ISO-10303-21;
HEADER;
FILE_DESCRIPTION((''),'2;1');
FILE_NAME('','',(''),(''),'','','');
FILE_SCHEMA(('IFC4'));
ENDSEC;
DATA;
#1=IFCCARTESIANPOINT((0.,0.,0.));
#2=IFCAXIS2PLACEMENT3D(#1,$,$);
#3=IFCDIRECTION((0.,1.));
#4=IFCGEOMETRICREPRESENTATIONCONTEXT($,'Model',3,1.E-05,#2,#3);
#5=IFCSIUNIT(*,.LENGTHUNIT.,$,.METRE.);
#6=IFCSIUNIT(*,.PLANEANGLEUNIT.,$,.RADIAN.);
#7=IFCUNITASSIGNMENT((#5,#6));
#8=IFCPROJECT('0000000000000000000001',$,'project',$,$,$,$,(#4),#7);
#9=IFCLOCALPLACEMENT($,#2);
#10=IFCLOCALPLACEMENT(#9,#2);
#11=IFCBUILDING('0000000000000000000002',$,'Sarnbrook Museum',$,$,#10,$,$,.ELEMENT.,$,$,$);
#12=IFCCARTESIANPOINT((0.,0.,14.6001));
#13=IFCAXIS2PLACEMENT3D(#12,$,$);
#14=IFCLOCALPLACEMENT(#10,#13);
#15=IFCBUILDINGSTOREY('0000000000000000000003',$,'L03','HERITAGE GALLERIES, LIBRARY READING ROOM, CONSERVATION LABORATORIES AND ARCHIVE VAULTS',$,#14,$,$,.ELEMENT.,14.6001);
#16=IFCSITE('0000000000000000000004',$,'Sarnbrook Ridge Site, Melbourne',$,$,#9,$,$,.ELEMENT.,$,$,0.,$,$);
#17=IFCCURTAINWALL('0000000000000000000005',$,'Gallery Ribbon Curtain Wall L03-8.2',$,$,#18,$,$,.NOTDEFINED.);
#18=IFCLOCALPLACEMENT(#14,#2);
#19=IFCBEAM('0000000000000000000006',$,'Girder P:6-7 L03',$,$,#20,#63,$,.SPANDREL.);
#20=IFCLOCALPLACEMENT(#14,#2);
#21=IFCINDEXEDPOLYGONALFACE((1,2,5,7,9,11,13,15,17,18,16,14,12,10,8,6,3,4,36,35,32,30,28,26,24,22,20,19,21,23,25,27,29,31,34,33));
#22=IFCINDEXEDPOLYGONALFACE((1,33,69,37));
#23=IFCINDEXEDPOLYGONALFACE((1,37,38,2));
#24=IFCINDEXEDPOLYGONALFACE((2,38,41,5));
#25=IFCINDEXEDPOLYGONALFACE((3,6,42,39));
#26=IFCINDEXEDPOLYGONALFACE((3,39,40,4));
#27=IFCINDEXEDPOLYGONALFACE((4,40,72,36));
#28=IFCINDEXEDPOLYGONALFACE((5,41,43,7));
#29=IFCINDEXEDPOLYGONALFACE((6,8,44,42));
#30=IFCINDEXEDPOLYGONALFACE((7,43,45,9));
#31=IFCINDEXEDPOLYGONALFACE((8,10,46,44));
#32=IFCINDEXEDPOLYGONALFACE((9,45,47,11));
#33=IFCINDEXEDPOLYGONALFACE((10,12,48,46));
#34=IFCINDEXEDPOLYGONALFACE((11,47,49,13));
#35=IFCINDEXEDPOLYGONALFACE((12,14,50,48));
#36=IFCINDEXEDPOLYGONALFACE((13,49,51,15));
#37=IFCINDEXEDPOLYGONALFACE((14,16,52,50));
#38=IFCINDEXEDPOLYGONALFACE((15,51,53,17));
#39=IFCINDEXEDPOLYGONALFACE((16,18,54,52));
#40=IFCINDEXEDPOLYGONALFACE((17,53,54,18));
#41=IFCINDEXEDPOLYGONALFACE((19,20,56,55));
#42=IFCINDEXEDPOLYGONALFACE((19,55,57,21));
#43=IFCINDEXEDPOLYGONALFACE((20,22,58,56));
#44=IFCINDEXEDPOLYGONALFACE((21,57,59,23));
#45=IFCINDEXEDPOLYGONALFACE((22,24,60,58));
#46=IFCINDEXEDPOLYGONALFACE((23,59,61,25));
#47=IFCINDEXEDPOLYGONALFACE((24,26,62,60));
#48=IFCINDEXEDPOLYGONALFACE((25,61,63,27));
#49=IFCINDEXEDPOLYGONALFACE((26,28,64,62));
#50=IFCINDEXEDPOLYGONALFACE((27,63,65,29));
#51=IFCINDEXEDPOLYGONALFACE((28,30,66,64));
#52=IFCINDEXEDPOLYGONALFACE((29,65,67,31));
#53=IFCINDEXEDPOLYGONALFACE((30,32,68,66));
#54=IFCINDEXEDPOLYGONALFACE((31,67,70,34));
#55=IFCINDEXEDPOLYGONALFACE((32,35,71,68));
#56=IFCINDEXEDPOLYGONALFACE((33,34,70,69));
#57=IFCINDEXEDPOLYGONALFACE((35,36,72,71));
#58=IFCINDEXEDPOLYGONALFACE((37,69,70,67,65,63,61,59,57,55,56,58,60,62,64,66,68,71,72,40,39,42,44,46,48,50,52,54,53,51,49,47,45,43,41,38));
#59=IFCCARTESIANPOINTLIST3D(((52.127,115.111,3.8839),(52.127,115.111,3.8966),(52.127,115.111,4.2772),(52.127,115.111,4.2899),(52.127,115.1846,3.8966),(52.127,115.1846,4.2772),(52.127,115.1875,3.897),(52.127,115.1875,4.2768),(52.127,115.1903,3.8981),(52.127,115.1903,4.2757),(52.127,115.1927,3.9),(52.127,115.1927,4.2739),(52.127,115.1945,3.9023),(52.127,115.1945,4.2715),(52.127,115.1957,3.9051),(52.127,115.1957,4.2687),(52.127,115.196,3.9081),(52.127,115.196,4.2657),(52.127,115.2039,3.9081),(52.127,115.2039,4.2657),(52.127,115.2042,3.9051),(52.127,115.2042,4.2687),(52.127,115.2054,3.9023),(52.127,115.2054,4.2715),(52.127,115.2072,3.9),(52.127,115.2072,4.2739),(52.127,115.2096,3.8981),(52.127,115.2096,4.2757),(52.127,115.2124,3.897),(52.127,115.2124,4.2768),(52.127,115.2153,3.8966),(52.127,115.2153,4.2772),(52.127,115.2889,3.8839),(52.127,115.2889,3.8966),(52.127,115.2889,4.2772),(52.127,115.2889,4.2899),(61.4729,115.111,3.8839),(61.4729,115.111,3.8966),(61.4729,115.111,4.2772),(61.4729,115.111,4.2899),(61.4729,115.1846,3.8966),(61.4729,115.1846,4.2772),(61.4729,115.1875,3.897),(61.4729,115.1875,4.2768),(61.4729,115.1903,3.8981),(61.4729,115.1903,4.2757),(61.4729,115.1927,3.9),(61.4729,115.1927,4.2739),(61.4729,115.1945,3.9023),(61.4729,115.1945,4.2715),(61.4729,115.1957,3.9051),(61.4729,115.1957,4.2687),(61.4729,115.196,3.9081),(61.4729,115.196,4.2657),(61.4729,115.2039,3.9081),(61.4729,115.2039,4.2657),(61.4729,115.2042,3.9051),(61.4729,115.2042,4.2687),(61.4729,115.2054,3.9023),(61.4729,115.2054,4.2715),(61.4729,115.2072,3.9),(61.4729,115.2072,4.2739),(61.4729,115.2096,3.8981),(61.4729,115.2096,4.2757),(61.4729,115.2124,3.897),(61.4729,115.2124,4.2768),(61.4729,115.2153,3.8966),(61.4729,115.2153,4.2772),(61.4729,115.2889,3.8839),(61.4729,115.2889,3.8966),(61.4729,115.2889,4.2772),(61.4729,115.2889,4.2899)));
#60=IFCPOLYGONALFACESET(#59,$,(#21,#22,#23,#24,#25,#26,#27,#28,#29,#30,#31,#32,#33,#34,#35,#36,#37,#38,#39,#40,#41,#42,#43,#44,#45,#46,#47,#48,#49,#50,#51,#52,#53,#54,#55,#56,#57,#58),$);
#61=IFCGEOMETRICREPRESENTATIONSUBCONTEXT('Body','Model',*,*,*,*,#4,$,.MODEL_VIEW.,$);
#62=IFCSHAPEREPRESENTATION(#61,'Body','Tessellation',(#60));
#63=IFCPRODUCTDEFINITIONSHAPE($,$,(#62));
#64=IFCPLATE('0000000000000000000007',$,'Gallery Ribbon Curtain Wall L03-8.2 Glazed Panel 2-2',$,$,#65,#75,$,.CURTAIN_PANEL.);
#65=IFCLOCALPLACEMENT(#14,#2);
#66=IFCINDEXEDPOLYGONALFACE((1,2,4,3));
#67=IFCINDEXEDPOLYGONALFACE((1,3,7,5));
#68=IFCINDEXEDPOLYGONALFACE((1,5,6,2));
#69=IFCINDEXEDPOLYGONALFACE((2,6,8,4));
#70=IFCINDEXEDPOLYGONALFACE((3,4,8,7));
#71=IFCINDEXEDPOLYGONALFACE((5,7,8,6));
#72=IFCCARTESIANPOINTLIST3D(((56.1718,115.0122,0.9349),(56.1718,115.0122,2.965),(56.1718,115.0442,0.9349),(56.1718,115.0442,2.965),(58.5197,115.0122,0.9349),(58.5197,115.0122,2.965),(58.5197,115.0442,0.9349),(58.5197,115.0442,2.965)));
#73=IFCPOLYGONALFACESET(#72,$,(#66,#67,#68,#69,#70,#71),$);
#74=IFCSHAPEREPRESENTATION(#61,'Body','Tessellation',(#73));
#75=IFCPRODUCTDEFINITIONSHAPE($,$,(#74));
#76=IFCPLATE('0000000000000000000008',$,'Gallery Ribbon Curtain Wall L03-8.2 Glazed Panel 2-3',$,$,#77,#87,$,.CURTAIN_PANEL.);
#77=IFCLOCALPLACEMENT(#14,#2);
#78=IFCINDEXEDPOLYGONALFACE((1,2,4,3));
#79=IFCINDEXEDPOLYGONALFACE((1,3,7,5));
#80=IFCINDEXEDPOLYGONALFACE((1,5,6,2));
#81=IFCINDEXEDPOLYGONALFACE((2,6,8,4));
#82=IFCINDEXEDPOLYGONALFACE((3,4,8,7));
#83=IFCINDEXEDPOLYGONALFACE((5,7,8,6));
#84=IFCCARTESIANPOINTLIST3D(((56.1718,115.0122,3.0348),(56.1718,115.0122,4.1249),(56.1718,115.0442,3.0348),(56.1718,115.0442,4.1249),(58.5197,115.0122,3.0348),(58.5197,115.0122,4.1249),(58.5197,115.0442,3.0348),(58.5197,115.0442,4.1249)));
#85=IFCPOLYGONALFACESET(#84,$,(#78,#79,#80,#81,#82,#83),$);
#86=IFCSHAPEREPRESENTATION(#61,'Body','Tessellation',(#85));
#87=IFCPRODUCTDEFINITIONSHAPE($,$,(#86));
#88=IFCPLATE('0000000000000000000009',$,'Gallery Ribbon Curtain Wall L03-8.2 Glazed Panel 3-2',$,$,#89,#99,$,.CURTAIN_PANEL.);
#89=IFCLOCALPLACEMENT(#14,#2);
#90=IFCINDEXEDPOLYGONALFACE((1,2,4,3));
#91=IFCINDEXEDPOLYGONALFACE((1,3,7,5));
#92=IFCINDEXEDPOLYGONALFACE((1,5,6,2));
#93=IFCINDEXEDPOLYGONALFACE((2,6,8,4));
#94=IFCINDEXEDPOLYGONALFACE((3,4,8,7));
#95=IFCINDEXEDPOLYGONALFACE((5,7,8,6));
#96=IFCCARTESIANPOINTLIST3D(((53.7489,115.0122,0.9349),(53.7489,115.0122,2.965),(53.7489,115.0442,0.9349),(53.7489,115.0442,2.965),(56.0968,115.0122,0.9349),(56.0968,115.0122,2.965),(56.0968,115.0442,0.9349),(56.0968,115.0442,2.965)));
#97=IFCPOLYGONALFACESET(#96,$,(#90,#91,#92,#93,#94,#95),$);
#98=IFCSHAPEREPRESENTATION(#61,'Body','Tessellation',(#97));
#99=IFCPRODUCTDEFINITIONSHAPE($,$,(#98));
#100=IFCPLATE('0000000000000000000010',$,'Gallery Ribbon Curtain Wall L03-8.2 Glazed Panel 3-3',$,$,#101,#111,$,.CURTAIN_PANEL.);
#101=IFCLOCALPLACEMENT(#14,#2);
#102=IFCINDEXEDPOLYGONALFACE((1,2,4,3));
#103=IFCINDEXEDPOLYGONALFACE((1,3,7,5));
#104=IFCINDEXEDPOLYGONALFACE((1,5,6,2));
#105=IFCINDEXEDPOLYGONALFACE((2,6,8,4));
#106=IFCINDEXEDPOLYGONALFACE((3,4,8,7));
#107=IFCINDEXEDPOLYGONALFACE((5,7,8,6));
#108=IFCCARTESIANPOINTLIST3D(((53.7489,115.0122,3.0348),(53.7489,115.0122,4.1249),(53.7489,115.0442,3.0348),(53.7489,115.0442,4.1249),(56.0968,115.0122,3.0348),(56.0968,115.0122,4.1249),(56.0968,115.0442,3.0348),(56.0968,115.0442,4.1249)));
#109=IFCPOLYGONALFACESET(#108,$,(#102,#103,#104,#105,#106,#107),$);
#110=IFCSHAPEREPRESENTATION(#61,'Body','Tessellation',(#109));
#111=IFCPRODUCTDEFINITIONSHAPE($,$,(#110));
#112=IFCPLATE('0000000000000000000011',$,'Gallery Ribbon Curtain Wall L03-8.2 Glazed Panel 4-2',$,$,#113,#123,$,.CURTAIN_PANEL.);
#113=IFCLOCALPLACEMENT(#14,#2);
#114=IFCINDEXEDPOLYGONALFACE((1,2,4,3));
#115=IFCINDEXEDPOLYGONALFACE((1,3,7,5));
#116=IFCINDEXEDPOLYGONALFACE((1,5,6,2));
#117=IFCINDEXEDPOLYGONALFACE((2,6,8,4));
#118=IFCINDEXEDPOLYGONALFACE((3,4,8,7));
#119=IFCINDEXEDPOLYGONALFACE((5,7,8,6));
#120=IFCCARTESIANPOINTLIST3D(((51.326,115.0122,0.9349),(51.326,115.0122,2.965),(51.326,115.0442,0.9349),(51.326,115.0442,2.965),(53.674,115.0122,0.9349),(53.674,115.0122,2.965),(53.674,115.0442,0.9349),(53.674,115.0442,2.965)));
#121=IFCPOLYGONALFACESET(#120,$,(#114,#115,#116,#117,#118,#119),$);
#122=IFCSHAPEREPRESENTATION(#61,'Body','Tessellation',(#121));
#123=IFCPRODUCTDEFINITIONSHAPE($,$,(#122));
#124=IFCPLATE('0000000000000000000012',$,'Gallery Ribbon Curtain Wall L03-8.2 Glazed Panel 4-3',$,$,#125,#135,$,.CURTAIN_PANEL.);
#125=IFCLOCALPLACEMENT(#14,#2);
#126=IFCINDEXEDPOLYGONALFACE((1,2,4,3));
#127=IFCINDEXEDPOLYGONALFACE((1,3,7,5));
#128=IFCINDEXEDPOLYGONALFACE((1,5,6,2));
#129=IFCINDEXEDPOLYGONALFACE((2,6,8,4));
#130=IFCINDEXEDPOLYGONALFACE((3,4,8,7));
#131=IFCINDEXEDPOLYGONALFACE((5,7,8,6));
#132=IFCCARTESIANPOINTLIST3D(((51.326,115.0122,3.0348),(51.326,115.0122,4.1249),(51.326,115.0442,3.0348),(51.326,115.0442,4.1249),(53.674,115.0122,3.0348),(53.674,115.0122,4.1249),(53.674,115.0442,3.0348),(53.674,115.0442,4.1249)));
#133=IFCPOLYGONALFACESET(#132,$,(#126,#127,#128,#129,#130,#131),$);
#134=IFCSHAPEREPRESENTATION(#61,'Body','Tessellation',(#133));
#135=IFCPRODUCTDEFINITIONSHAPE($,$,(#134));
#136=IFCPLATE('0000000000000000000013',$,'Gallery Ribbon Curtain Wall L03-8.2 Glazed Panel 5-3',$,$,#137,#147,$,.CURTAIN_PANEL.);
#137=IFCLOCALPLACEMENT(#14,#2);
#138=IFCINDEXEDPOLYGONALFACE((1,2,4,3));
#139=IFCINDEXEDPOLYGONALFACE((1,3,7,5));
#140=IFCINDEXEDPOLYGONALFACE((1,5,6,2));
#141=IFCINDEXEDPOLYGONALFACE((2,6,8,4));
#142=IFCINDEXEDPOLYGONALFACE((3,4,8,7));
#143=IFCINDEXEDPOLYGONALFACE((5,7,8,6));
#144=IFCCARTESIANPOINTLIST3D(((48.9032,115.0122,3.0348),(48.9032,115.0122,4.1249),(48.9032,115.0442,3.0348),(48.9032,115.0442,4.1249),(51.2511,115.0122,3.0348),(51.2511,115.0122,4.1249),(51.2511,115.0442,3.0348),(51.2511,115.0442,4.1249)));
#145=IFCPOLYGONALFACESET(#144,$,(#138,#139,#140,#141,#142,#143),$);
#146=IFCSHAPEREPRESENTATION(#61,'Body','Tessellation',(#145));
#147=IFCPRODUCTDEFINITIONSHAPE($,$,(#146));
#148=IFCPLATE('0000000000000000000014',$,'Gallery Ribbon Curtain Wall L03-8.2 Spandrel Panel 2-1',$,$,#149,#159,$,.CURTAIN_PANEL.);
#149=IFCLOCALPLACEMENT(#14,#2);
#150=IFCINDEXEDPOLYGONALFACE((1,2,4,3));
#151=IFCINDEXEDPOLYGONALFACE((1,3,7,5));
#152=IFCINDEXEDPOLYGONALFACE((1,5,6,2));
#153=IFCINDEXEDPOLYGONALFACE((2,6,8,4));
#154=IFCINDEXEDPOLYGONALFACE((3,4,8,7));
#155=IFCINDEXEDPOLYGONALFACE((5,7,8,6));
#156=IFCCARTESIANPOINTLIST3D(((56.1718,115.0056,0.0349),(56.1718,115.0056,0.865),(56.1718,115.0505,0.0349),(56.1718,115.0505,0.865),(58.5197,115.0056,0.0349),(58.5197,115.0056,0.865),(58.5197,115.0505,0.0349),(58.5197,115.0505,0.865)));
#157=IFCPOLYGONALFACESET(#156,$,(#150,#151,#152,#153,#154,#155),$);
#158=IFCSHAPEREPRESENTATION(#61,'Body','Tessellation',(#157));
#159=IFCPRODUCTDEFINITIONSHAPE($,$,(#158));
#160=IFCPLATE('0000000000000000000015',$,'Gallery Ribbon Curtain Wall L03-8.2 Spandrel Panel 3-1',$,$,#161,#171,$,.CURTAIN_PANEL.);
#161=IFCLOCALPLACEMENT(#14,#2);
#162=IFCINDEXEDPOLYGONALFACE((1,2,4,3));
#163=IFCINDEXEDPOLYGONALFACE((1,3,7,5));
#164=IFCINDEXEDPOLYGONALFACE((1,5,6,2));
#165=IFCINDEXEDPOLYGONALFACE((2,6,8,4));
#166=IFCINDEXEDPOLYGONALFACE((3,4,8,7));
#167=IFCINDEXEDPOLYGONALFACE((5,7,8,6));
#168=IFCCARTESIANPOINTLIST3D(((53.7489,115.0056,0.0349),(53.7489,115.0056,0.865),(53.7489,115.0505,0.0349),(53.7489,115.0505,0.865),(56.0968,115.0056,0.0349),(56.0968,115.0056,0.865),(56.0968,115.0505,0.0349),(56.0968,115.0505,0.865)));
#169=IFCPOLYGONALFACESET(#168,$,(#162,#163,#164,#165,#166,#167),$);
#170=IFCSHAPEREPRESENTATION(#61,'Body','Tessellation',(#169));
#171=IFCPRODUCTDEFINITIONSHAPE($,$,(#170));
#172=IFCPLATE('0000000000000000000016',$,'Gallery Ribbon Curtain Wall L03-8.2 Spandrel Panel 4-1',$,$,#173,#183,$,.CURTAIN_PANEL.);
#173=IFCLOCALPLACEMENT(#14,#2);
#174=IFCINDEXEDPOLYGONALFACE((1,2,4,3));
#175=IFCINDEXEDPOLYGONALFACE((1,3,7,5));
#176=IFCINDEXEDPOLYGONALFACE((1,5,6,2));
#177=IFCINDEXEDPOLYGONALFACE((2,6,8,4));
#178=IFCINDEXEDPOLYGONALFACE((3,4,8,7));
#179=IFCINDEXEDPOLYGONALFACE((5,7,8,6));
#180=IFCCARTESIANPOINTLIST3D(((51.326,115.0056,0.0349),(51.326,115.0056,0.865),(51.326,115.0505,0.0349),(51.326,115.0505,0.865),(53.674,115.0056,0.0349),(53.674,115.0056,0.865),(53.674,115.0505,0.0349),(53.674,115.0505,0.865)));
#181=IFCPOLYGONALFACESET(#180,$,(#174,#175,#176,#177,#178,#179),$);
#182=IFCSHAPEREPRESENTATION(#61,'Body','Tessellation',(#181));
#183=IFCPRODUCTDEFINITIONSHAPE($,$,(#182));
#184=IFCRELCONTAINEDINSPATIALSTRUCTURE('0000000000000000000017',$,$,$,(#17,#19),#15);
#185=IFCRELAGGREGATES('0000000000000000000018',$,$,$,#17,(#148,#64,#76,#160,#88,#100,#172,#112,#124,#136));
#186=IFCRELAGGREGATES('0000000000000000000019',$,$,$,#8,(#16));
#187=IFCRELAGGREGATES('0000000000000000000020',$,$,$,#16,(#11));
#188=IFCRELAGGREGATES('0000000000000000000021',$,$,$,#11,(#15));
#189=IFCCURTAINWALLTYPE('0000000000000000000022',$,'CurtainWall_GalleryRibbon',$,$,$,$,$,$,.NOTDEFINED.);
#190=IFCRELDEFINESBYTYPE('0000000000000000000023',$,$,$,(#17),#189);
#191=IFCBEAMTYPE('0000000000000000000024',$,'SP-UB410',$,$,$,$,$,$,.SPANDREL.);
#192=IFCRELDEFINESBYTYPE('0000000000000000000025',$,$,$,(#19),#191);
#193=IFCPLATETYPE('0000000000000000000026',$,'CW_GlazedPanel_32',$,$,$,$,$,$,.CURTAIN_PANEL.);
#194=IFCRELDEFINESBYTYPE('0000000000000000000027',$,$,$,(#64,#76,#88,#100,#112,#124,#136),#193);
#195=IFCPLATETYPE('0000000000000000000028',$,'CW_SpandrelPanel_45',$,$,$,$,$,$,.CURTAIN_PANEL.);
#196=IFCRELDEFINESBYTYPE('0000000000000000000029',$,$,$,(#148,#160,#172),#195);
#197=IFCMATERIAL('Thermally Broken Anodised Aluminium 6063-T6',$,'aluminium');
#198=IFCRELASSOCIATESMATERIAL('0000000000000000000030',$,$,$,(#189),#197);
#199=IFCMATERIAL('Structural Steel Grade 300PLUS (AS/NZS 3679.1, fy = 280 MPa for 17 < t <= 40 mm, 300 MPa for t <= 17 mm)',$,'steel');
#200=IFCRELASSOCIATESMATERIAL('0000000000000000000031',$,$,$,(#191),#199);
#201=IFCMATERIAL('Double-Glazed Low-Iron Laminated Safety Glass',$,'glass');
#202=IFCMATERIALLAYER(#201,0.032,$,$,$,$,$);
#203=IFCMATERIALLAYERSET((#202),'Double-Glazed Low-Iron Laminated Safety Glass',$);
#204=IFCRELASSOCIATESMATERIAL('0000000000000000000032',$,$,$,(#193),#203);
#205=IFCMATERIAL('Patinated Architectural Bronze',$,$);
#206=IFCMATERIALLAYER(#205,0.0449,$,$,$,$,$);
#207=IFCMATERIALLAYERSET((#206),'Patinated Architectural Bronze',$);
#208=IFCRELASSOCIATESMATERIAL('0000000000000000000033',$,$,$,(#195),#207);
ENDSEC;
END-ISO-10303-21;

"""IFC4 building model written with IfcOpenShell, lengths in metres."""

from ifc_helpers import new_model, si_unit, direction, frame, origin, origin_2d, place, context, subcontext, project, spatial, rectangle, i_section, extrude, material, layer, layer_set, material_profile, profile_set, type_object, element, aggregate, save


model = new_model("IFC4")

# Units and contexts
model_context = context("Model", 3, precision=1e-05, world=origin(), true_north=direction((0.0, 1.0)))
body_context = subcontext(model_context, "Body", "Model", "MODEL_VIEW")
ifc_project = project(units=[si_unit("LENGTHUNIT", "METRE"), si_unit("PLANEANGLEUNIT", "RADIAN")], contexts=[model_context])

# Site, building, storey
site_placement = place(None, origin())
site = spatial("IfcSite", under=ifc_project, at=site_placement, Name="Sarnbrook Ridge Site, Melbourne", CompositionType="ELEMENT", RefElevation=0.0)
building_placement = place(site_placement, origin())
building = spatial("IfcBuilding", under=site, at=building_placement, Name="Sarnbrook Museum", CompositionType="ELEMENT")
storey_placement = place(building_placement, frame((0.0, 0.0, 14.6001)))
storey = spatial("IfcBuildingStorey", under=building, at=storey_placement, Name="L03", Description="HERITAGE GALLERIES, LIBRARY READING ROOM, CONSERVATION LABORATORIES AND ARCHIVE VAULTS", CompositionType="ELEMENT", Elevation=14.6001)

# Shared definitions
ifc_material_1 = material(Name="Structural Steel Grade 300PLUS (AS/NZS 3679.1, fy = 280 MPa for 17 < t <= 40 mm, 300 MPa for t <= 17 mm)", Category="steel")

# Curtain wall
ifc_material_2 = material(Name="Thermally Broken Anodised Aluminium 6063-T6", Category="aluminium")
curtain_wall_type = type_object("IfcCurtainWallType", Name="CurtainWall_GalleryRibbon", PredefinedType="NOTDEFINED", material=ifc_material_2)
curtain_wall_placement = place(storey_placement, origin())
curtain_wall = element("IfcCurtainWall", 1, at=curtain_wall_placement, inside=storey, type_object=curtain_wall_type, Name="Gallery Ribbon Curtain Wall L03-8.2", PredefinedType="NOTDEFINED")

# Beam
ifc_material_profile_1 = material_profile(ifc_material_1, i_section(OverallWidth=0.178, OverallDepth=0.406, WebThickness=0.0078, FlangeThickness=0.0127, FilletRadius=0.0115, at=origin_2d()), Name="410UB59.7")
ifc_profile_set_1 = profile_set([ifc_material_profile_1], Name="Structural Steel Grade 300PLUS (AS/NZS 3679.1, fy = 280 MPa for 17 < t <= 40 mm, 300 MPa for t <= 17 mm)")
beam_type_1 = type_object("IfcBeamType", Name="SP-UB410", PredefinedType="SPANDREL", material=ifc_profile_set_1)
beam_1_placement = place(storey_placement, frame((52.127, 115.2, 4.0869), z_axis=(1.0, 0.0, 0.0), x_axis=(0.0, 1.0, 0.0)))
element("IfcBeam", 2, at=beam_1_placement, inside=storey, type_object=beam_type_1, Name="Girder P:6-7 L03", PredefinedType="SPANDREL", context=body_context, shape_type="SweptSolid", body=[
    extrude(i_section(OverallWidth=0.178, OverallDepth=0.406, WebThickness=0.0078, FlangeThickness=0.0127, FilletRadius=0.0115, at=origin_2d()), origin(), (0.0, 0.0, 1.0), 9.3459),
])

# Plates
ifc_material_3 = material(Name="Double-Glazed Low-Iron Laminated Safety Glass", Category="glass")
ifc_layer_1 = layer(ifc_material_3, 0.032)
ifc_layer_set_1 = layer_set([ifc_layer_1], Name="Double-Glazed Low-Iron Laminated Safety Glass")
plate_type_1 = type_object("IfcPlateType", Name="CW_GlazedPanel_32", PredefinedType="CURTAIN_PANEL", material=ifc_layer_set_1)
plate_1_placement = place(storey_placement, frame((57.3457, 115.0122, 1.95), z_axis=(0.0, 1.0, 0.0), x_axis=(-1.0, 0.0, 0.0)))
plate_1 = element("IfcPlate", 3, at=plate_1_placement, type_object=plate_type_1, Name="Gallery Ribbon Curtain Wall L03-8.2 Glazed Panel 2-2", PredefinedType="CURTAIN_PANEL", context=body_context, shape_type="SweptSolid", body=[
    extrude(rectangle(XDim=2.3479, YDim=2.03, at=origin_2d()), origin(), (0.0, 0.0, 1.0), 0.032),
])
plate_2_placement = place(storey_placement, frame((57.3457, 115.0122, 3.5798), z_axis=(0.0, 1.0, 0.0), x_axis=(-1.0, 0.0, 0.0)))
plate_2 = element("IfcPlate", 4, at=plate_2_placement, type_object=plate_type_1, Name="Gallery Ribbon Curtain Wall L03-8.2 Glazed Panel 2-3", PredefinedType="CURTAIN_PANEL", context=body_context, shape_type="SweptSolid", body=[
    extrude(rectangle(XDim=2.3479, YDim=1.0901, at=origin_2d()), origin(), (0.0, 0.0, 1.0), 0.032),
])
plate_3_placement = place(storey_placement, frame((54.9229, 115.0122, 1.95), z_axis=(0.0, 1.0, 0.0), x_axis=(-1.0, 0.0, 0.0)))
plate_3 = element("IfcPlate", 5, at=plate_3_placement, type_object=plate_type_1, Name="Gallery Ribbon Curtain Wall L03-8.2 Glazed Panel 3-2", PredefinedType="CURTAIN_PANEL", context=body_context, shape_type="SweptSolid", body=[
    extrude(rectangle(XDim=2.3479, YDim=2.03, at=origin_2d()), origin(), (0.0, 0.0, 1.0), 0.032),
])
plate_4_placement = place(storey_placement, frame((54.9229, 115.0122, 3.5798), z_axis=(0.0, 1.0, 0.0), x_axis=(-1.0, 0.0, 0.0)))
plate_4 = element("IfcPlate", 6, at=plate_4_placement, type_object=plate_type_1, Name="Gallery Ribbon Curtain Wall L03-8.2 Glazed Panel 3-3", PredefinedType="CURTAIN_PANEL", context=body_context, shape_type="SweptSolid", body=[
    extrude(rectangle(XDim=2.3479, YDim=1.0901, at=origin_2d()), origin(), (0.0, 0.0, 1.0), 0.032),
])
plate_5_placement = place(storey_placement, frame((52.5, 115.0122, 1.95), z_axis=(0.0, 1.0, 0.0), x_axis=(-1.0, 0.0, 0.0)))
plate_5 = element("IfcPlate", 7, at=plate_5_placement, type_object=plate_type_1, Name="Gallery Ribbon Curtain Wall L03-8.2 Glazed Panel 4-2", PredefinedType="CURTAIN_PANEL", context=body_context, shape_type="SweptSolid", body=[
    extrude(rectangle(XDim=2.3479, YDim=2.03, at=origin_2d()), origin(), (0.0, 0.0, 1.0), 0.032),
])
plate_6_placement = place(storey_placement, frame((52.5, 115.0122, 3.5798), z_axis=(0.0, 1.0, 0.0), x_axis=(-1.0, 0.0, 0.0)))
plate_6 = element("IfcPlate", 8, at=plate_6_placement, type_object=plate_type_1, Name="Gallery Ribbon Curtain Wall L03-8.2 Glazed Panel 4-3", PredefinedType="CURTAIN_PANEL", context=body_context, shape_type="SweptSolid", body=[
    extrude(rectangle(XDim=2.3479, YDim=1.0901, at=origin_2d()), origin(), (0.0, 0.0, 1.0), 0.032),
])
plate_7_placement = place(storey_placement, frame((50.0771, 115.0122, 3.5798), z_axis=(0.0, 1.0, 0.0), x_axis=(-1.0, 0.0, 0.0)))
plate_7 = element("IfcPlate", 9, at=plate_7_placement, type_object=plate_type_1, Name="Gallery Ribbon Curtain Wall L03-8.2 Glazed Panel 5-3", PredefinedType="CURTAIN_PANEL", context=body_context, shape_type="SweptSolid", body=[
    extrude(rectangle(XDim=2.3479, YDim=1.0901, at=origin_2d()), origin(), (0.0, 0.0, 1.0), 0.032),
])
ifc_material_4 = material(Name="Patinated Architectural Bronze")
ifc_layer_2 = layer(ifc_material_4, 0.0449)
ifc_layer_set_2 = layer_set([ifc_layer_2], Name="Patinated Architectural Bronze")
plate_type_2 = type_object("IfcPlateType", Name="CW_SpandrelPanel_45", PredefinedType="CURTAIN_PANEL", material=ifc_layer_set_2)
plate_8_placement = place(storey_placement, frame((57.3457, 115.0056, 0.45), z_axis=(0.0, 1.0, 0.0), x_axis=(-1.0, 0.0, 0.0)))
plate_8 = element("IfcPlate", 10, at=plate_8_placement, type_object=plate_type_2, Name="Gallery Ribbon Curtain Wall L03-8.2 Spandrel Panel 2-1", PredefinedType="CURTAIN_PANEL", context=body_context, shape_type="SweptSolid", body=[
    extrude(rectangle(XDim=2.3479, YDim=0.8301, at=origin_2d()), origin(), (0.0, 0.0, 1.0), 0.0449),
])
plate_9_placement = place(storey_placement, frame((54.9229, 115.0056, 0.45), z_axis=(0.0, 1.0, 0.0), x_axis=(-1.0, 0.0, 0.0)))
plate_9 = element("IfcPlate", 11, at=plate_9_placement, type_object=plate_type_2, Name="Gallery Ribbon Curtain Wall L03-8.2 Spandrel Panel 3-1", PredefinedType="CURTAIN_PANEL", context=body_context, shape_type="SweptSolid", body=[
    extrude(rectangle(XDim=2.3479, YDim=0.8301, at=origin_2d()), origin(), (0.0, 0.0, 1.0), 0.0449),
])
plate_10_placement = place(storey_placement, frame((52.5, 115.0056, 0.45), z_axis=(0.0, 1.0, 0.0), x_axis=(-1.0, 0.0, 0.0)))
plate_10 = element("IfcPlate", 12, at=plate_10_placement, type_object=plate_type_2, Name="Gallery Ribbon Curtain Wall L03-8.2 Spandrel Panel 4-1", PredefinedType="CURTAIN_PANEL", context=body_context, shape_type="SweptSolid", body=[
    extrude(rectangle(XDim=2.3479, YDim=0.8301, at=origin_2d()), origin(), (0.0, 0.0, 1.0), 0.0449),
])
aggregate(curtain_wall, [plate_8, plate_1, plate_2, plate_9, plate_3, plate_4, plate_10, plate_5, plate_6, plate_7])

save(model, "model.ifc")
